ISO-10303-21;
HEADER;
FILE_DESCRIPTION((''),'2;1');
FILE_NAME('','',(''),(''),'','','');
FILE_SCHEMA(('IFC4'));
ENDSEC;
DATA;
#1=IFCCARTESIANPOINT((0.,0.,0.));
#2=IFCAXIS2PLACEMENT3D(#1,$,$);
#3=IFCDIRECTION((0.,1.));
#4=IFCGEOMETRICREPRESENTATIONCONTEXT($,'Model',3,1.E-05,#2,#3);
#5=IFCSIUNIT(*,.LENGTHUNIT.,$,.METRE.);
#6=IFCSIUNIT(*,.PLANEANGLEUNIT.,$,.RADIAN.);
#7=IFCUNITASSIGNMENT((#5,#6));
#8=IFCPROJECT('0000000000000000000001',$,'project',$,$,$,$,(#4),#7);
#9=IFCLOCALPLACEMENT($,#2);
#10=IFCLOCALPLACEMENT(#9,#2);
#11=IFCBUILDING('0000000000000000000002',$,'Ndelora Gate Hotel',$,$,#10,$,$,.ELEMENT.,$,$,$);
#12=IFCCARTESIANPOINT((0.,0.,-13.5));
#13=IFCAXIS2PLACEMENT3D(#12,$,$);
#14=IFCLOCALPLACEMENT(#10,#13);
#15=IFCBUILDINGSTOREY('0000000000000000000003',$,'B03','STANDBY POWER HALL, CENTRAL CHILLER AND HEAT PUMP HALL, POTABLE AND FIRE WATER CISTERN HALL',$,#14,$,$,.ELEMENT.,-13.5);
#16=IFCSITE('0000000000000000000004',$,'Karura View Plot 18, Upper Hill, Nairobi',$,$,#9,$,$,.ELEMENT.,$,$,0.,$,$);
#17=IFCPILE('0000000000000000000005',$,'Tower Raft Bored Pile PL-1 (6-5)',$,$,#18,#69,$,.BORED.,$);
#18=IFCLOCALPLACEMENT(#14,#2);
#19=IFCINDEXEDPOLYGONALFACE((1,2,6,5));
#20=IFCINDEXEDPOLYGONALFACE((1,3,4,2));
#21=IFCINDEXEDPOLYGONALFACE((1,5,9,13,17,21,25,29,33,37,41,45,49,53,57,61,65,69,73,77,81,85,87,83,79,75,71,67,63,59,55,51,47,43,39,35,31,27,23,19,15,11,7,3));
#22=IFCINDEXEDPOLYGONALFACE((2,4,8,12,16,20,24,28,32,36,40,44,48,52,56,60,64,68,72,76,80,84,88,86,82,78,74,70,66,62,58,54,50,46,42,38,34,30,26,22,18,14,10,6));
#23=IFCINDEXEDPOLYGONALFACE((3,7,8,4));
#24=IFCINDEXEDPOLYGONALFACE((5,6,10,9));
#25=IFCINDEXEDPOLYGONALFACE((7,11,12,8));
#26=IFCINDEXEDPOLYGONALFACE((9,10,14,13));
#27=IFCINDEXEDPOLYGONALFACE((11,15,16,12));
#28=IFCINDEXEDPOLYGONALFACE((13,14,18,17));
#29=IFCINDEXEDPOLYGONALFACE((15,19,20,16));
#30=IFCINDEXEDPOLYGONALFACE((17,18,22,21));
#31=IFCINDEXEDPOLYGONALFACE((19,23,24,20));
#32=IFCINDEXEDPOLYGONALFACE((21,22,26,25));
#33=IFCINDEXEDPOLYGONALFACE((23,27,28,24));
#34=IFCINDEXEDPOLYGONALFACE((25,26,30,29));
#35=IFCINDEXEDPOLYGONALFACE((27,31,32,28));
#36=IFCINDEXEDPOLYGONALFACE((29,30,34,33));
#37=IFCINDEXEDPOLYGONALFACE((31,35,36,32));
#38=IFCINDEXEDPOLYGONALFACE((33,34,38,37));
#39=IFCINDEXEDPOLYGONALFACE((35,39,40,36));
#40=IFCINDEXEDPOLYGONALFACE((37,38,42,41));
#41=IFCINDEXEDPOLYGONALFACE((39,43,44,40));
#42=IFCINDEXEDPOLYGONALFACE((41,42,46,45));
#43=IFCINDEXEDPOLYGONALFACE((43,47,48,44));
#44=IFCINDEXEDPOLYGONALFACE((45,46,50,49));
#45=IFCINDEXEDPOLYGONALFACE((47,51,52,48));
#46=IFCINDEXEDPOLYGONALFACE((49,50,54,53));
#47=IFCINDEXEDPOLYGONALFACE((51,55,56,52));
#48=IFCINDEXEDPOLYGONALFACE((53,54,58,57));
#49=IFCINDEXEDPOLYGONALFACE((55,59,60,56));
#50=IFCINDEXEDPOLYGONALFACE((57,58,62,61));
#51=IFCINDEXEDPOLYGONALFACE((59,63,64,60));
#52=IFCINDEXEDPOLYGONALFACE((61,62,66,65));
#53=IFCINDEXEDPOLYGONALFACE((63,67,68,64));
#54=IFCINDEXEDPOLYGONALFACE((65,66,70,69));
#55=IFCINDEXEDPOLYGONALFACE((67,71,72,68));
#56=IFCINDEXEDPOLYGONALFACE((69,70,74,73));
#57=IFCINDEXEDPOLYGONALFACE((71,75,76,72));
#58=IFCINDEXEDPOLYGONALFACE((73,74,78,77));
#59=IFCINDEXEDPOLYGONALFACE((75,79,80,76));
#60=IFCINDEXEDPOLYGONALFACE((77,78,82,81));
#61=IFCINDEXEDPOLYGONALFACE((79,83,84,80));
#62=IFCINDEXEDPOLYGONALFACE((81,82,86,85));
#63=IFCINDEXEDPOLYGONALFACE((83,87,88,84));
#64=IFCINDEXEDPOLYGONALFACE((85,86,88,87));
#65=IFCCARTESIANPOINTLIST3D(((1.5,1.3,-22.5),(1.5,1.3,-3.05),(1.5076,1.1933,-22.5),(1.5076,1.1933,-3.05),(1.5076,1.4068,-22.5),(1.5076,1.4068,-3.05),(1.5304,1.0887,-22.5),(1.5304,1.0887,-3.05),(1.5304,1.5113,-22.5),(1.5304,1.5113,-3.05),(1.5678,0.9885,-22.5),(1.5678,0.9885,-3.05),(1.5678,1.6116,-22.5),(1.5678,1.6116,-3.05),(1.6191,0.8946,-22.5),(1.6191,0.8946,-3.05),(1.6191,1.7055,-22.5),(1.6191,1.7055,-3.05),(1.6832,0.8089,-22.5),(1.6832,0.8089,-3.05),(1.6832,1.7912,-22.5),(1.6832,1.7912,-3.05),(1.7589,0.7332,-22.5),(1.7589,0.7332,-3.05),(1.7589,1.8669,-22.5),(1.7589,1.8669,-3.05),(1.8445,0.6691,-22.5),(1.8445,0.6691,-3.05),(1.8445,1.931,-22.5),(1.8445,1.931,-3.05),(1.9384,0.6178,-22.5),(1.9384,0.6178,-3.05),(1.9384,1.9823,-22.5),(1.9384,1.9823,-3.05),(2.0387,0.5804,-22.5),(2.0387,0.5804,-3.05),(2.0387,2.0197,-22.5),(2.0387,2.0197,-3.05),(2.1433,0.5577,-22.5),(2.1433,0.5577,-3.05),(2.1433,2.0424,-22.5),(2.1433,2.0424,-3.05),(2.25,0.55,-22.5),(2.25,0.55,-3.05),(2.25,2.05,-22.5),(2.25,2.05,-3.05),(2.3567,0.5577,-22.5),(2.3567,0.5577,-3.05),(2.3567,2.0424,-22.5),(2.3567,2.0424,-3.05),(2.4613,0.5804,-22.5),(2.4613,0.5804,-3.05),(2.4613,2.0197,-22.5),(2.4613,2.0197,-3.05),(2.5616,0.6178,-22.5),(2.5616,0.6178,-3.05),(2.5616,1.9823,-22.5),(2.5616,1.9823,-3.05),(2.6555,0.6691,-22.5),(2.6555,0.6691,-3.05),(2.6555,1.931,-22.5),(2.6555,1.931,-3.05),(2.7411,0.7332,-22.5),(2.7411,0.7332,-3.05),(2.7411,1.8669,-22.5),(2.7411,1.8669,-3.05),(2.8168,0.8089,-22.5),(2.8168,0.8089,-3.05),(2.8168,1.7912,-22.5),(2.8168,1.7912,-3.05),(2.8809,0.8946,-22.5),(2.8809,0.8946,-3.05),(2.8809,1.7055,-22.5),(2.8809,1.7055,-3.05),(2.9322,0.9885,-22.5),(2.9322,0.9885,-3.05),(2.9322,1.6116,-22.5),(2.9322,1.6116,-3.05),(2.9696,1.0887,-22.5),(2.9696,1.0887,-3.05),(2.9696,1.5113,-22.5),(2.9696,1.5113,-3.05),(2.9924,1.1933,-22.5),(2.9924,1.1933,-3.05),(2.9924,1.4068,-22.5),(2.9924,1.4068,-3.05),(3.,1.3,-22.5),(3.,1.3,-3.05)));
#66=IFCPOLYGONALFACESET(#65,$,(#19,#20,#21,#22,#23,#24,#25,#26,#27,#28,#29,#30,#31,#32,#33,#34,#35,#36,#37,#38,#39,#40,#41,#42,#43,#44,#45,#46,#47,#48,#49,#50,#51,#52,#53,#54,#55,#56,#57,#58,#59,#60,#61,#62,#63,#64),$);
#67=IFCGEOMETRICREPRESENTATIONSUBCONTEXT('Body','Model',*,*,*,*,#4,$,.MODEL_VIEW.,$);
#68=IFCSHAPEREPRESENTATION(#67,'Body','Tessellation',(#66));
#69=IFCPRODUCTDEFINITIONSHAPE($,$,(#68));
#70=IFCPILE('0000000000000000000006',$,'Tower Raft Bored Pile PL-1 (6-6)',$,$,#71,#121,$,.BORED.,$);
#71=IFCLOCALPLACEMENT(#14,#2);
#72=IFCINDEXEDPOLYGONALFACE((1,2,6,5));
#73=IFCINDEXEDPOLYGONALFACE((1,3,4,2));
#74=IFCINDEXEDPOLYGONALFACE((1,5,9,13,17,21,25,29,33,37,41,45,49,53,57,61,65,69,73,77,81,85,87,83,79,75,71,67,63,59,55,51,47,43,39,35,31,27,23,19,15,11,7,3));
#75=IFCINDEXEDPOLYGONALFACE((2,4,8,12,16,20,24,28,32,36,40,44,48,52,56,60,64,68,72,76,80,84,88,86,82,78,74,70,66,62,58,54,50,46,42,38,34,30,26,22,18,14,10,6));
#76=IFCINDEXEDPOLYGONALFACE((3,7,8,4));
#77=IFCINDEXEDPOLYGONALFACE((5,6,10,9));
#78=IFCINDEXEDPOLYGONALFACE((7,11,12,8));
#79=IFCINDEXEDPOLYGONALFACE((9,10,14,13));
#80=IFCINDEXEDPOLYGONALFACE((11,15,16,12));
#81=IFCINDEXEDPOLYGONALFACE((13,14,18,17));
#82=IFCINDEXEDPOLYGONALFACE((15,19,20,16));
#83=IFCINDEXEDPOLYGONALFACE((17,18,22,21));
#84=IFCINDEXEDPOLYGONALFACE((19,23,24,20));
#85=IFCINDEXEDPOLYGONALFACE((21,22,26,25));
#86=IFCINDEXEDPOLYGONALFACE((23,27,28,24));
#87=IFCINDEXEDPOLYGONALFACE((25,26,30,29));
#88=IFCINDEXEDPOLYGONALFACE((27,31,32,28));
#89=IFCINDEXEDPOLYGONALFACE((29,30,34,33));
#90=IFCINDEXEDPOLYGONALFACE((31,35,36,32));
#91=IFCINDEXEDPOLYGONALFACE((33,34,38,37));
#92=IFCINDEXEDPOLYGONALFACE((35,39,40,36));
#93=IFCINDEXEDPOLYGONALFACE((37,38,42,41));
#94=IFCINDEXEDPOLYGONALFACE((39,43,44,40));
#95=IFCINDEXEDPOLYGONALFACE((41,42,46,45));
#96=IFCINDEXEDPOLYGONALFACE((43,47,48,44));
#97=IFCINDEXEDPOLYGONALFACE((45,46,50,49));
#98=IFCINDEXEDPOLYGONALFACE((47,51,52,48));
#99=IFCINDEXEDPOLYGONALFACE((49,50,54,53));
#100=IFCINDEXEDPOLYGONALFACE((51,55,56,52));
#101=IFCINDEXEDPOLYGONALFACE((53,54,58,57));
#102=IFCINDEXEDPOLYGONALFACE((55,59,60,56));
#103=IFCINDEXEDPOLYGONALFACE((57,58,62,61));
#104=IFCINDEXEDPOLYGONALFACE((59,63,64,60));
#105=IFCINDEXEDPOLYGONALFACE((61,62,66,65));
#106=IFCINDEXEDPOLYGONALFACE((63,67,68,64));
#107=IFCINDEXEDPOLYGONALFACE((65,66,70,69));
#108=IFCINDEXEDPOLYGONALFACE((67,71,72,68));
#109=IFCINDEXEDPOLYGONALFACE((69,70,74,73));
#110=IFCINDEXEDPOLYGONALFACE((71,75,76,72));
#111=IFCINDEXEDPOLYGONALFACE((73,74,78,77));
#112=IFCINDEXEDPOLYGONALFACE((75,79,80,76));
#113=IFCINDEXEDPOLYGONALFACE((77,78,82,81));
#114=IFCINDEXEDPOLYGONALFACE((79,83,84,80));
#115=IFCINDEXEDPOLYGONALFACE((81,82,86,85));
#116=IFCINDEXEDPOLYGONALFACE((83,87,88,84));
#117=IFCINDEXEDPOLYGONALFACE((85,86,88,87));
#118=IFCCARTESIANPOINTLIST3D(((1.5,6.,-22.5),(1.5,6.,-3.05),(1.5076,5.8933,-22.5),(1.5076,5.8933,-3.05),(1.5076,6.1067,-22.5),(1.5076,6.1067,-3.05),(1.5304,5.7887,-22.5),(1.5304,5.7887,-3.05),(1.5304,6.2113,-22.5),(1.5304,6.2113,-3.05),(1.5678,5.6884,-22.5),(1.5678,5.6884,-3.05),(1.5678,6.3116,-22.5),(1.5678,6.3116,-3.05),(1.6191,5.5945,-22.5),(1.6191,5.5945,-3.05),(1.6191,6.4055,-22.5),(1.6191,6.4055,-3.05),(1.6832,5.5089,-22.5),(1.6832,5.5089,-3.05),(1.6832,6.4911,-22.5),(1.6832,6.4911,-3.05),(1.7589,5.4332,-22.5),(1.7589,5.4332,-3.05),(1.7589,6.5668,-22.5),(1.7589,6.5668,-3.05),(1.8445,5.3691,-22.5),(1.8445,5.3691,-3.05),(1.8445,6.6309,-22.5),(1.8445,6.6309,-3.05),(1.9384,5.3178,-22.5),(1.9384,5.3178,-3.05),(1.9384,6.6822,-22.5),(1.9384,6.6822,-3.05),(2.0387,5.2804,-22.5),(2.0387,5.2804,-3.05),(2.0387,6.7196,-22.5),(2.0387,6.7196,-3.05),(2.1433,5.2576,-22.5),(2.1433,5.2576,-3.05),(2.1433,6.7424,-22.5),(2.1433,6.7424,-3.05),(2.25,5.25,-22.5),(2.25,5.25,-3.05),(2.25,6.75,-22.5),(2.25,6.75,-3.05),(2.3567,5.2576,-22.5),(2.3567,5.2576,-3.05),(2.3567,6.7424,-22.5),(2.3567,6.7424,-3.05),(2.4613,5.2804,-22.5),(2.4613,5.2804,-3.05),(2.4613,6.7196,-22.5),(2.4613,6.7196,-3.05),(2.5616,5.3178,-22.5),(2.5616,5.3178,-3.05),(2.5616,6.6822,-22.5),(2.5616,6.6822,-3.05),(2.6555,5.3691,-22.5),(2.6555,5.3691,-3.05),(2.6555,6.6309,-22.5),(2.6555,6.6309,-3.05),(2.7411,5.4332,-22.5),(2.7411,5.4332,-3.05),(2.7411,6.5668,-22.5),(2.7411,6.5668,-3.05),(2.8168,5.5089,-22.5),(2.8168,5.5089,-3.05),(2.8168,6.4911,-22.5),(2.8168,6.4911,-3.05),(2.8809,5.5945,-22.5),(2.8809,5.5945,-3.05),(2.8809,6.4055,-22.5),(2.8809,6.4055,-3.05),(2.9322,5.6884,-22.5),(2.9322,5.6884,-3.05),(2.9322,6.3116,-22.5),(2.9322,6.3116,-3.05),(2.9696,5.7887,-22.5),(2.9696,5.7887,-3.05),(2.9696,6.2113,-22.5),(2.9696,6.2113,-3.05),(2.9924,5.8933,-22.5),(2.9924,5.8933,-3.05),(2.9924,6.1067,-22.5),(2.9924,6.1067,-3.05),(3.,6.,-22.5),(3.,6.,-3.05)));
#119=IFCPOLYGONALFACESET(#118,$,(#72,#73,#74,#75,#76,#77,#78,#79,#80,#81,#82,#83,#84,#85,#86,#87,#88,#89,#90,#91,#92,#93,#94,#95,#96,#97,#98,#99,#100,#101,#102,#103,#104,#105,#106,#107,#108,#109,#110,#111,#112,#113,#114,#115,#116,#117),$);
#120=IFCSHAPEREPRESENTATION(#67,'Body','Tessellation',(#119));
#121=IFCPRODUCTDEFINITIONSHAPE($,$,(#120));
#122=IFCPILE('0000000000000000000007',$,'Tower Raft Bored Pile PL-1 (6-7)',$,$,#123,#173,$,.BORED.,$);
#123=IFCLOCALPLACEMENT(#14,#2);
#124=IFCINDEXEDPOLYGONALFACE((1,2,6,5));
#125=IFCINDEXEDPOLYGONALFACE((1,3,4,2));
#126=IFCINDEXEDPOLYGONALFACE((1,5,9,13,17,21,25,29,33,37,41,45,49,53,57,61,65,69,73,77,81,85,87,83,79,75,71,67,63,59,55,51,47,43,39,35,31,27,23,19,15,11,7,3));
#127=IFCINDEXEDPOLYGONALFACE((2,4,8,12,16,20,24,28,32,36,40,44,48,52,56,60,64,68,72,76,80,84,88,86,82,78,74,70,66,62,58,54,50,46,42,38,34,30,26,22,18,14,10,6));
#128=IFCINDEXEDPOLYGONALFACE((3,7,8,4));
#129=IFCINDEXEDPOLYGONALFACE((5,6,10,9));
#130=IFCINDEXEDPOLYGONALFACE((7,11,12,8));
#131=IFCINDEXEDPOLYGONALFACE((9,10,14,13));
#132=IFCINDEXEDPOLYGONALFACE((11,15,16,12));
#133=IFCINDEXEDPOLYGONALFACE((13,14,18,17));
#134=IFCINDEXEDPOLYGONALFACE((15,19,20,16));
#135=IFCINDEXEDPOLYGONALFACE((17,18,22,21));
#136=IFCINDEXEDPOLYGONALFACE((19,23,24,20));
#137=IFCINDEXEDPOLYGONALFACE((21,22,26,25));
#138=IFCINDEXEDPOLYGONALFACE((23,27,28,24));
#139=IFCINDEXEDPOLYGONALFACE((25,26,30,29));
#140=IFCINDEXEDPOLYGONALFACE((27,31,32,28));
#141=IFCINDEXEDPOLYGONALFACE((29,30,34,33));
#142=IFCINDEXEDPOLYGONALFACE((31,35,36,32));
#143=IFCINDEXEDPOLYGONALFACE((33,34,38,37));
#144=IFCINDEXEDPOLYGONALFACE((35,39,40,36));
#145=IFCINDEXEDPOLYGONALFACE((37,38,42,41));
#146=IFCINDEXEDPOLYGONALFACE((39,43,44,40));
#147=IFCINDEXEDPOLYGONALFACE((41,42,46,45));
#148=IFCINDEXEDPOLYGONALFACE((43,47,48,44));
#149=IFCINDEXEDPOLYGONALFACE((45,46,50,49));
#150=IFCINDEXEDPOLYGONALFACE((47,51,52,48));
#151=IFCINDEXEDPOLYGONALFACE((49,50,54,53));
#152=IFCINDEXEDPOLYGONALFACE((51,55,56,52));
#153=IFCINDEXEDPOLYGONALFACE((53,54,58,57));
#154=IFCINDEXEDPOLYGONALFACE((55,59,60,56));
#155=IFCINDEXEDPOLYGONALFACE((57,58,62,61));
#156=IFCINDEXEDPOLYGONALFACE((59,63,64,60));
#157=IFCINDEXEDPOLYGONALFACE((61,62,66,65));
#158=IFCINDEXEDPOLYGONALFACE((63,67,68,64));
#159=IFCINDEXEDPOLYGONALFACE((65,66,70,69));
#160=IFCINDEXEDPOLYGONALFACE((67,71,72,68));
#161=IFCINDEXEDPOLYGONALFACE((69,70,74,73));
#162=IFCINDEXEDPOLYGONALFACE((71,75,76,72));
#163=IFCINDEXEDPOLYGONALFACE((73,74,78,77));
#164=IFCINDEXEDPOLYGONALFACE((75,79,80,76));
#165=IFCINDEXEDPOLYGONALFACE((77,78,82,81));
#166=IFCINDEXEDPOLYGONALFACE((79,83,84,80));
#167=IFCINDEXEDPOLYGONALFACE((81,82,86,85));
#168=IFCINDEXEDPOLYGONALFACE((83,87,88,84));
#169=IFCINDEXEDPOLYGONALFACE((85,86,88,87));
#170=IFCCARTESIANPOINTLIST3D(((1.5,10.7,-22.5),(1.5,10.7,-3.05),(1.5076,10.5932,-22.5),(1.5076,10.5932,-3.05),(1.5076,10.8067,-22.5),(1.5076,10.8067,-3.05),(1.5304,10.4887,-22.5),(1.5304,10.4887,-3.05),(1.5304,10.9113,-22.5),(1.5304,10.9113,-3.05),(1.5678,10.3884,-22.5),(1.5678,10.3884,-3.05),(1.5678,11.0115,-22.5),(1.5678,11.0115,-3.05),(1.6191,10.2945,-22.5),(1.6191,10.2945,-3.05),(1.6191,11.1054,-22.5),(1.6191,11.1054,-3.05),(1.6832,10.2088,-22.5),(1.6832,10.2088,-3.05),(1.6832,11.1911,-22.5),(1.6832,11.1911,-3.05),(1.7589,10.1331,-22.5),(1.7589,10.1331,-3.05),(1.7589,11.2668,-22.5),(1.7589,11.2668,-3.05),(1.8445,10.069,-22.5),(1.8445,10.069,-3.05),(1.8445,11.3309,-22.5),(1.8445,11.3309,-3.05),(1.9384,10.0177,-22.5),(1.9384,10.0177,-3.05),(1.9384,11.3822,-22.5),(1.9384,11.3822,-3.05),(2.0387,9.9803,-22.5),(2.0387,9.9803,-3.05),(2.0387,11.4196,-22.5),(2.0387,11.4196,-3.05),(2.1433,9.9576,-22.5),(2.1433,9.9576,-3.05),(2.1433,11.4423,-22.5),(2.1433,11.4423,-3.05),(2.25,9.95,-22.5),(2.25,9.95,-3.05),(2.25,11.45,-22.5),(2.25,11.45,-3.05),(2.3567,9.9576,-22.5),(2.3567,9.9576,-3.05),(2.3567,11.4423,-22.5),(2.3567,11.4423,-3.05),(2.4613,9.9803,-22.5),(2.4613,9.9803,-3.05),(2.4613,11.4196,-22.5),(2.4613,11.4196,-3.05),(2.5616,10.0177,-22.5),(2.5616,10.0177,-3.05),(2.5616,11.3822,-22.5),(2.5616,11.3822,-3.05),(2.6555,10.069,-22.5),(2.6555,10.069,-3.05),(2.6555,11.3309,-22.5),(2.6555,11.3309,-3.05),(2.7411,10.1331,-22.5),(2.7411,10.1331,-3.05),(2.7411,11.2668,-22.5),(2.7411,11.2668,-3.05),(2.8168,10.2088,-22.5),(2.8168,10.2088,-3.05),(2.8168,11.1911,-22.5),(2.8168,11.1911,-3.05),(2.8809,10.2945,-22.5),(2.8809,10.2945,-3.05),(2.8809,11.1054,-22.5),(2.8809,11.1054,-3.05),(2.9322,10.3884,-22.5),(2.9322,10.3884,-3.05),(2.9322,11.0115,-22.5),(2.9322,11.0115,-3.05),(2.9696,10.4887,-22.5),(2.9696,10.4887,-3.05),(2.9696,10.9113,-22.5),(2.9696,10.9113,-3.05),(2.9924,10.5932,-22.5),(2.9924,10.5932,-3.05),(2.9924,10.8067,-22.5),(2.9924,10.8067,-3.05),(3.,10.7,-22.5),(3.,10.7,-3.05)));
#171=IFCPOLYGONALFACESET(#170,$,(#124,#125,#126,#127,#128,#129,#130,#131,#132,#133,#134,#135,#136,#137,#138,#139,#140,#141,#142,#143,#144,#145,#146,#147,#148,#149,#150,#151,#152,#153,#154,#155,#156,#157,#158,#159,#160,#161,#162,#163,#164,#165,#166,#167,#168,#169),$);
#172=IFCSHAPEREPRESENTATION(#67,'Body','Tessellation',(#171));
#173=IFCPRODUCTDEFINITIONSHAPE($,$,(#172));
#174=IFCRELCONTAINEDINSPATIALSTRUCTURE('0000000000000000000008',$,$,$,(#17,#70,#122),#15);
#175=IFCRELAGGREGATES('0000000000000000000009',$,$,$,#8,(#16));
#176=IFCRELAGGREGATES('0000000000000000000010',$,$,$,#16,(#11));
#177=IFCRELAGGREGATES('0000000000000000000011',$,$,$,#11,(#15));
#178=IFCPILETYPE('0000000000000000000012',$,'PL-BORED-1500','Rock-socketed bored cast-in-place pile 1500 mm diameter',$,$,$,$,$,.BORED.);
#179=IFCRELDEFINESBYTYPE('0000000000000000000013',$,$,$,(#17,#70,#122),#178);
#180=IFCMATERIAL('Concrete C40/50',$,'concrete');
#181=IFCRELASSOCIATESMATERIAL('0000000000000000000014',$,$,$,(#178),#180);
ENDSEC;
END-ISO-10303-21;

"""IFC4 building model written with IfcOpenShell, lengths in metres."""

from ifc_helpers import new_model, si_unit, direction, frame, origin, origin_2d, place, context, subcontext, project, spatial, circle, extrude, material, material_profile, profile_set, type_object, element, save


model = new_model("IFC4")

# Units and contexts
model_context = context("Model", 3, precision=1e-05, world=origin(), true_north=direction((0.0, 1.0)))
body_context = subcontext(model_context, "Body", "Model", "MODEL_VIEW")
ifc_project = project(units=[si_unit("LENGTHUNIT", "METRE"), si_unit("PLANEANGLEUNIT", "RADIAN")], contexts=[model_context])

# Site, building, storey
site_placement = place(None, origin())
site = spatial("IfcSite", under=ifc_project, at=site_placement, Name="Karura View Plot 18, Upper Hill, Nairobi", CompositionType="ELEMENT", RefElevation=0.0)
building_placement = place(site_placement, origin())
building = spatial("IfcBuilding", under=site, at=building_placement, Name="Ndelora Gate Hotel", CompositionType="ELEMENT")
storey_placement = place(building_placement, frame((0.0, 0.0, -13.5)))
storey = spatial("IfcBuildingStorey", under=building, at=storey_placement, Name="B03", Description="STANDBY POWER HALL, CENTRAL CHILLER AND HEAT PUMP HALL, POTABLE AND FIRE WATER CISTERN HALL", CompositionType="ELEMENT", Elevation=-13.5)

# Piles
ifc_material_1 = material(Name="Concrete C40/50", Category="concrete")
ifc_material_profile_1 = material_profile(ifc_material_1, circle(Radius=0.75, at=origin_2d()), Name="PILE D1500")
ifc_profile_set_1 = profile_set([ifc_material_profile_1], Name="Concrete C40/50")
pile_type = type_object("IfcPileType", Name="PL-BORED-1500", Description="Rock-socketed bored cast-in-place pile 1500 mm diameter", PredefinedType="BORED", material=ifc_profile_set_1)
for number, where, z_axis, x_axis, name in (
    (1, (2.25, 1.3, -3.05), (0.0, 0.0, -1.0), (1.0, 0.0, 0.0), "Tower Raft Bored Pile PL-1 (6-5)"),
    (2, (2.25, 6.0, -3.05), (0.0, 0.0, -1.0), (1.0, 0.0, 0.0), "Tower Raft Bored Pile PL-1 (6-6)"),
    (3, (2.25, 10.7, -3.05), (0.0, 0.0, -1.0), (1.0, 0.0, 0.0), "Tower Raft Bored Pile PL-1 (6-7)"),
):
    element("IfcPile", number, at=place(storey_placement, frame(where, z_axis=z_axis, x_axis=x_axis)), inside=storey, type_object=pile_type, Name=name, PredefinedType="BORED", context=body_context, shape_type="SweptSolid", body=[
        extrude(circle(Radius=0.75, at=origin_2d()), origin(), (0.0, 0.0, 1.0), 19.45),
    ])

save(model, "model.ifc")
